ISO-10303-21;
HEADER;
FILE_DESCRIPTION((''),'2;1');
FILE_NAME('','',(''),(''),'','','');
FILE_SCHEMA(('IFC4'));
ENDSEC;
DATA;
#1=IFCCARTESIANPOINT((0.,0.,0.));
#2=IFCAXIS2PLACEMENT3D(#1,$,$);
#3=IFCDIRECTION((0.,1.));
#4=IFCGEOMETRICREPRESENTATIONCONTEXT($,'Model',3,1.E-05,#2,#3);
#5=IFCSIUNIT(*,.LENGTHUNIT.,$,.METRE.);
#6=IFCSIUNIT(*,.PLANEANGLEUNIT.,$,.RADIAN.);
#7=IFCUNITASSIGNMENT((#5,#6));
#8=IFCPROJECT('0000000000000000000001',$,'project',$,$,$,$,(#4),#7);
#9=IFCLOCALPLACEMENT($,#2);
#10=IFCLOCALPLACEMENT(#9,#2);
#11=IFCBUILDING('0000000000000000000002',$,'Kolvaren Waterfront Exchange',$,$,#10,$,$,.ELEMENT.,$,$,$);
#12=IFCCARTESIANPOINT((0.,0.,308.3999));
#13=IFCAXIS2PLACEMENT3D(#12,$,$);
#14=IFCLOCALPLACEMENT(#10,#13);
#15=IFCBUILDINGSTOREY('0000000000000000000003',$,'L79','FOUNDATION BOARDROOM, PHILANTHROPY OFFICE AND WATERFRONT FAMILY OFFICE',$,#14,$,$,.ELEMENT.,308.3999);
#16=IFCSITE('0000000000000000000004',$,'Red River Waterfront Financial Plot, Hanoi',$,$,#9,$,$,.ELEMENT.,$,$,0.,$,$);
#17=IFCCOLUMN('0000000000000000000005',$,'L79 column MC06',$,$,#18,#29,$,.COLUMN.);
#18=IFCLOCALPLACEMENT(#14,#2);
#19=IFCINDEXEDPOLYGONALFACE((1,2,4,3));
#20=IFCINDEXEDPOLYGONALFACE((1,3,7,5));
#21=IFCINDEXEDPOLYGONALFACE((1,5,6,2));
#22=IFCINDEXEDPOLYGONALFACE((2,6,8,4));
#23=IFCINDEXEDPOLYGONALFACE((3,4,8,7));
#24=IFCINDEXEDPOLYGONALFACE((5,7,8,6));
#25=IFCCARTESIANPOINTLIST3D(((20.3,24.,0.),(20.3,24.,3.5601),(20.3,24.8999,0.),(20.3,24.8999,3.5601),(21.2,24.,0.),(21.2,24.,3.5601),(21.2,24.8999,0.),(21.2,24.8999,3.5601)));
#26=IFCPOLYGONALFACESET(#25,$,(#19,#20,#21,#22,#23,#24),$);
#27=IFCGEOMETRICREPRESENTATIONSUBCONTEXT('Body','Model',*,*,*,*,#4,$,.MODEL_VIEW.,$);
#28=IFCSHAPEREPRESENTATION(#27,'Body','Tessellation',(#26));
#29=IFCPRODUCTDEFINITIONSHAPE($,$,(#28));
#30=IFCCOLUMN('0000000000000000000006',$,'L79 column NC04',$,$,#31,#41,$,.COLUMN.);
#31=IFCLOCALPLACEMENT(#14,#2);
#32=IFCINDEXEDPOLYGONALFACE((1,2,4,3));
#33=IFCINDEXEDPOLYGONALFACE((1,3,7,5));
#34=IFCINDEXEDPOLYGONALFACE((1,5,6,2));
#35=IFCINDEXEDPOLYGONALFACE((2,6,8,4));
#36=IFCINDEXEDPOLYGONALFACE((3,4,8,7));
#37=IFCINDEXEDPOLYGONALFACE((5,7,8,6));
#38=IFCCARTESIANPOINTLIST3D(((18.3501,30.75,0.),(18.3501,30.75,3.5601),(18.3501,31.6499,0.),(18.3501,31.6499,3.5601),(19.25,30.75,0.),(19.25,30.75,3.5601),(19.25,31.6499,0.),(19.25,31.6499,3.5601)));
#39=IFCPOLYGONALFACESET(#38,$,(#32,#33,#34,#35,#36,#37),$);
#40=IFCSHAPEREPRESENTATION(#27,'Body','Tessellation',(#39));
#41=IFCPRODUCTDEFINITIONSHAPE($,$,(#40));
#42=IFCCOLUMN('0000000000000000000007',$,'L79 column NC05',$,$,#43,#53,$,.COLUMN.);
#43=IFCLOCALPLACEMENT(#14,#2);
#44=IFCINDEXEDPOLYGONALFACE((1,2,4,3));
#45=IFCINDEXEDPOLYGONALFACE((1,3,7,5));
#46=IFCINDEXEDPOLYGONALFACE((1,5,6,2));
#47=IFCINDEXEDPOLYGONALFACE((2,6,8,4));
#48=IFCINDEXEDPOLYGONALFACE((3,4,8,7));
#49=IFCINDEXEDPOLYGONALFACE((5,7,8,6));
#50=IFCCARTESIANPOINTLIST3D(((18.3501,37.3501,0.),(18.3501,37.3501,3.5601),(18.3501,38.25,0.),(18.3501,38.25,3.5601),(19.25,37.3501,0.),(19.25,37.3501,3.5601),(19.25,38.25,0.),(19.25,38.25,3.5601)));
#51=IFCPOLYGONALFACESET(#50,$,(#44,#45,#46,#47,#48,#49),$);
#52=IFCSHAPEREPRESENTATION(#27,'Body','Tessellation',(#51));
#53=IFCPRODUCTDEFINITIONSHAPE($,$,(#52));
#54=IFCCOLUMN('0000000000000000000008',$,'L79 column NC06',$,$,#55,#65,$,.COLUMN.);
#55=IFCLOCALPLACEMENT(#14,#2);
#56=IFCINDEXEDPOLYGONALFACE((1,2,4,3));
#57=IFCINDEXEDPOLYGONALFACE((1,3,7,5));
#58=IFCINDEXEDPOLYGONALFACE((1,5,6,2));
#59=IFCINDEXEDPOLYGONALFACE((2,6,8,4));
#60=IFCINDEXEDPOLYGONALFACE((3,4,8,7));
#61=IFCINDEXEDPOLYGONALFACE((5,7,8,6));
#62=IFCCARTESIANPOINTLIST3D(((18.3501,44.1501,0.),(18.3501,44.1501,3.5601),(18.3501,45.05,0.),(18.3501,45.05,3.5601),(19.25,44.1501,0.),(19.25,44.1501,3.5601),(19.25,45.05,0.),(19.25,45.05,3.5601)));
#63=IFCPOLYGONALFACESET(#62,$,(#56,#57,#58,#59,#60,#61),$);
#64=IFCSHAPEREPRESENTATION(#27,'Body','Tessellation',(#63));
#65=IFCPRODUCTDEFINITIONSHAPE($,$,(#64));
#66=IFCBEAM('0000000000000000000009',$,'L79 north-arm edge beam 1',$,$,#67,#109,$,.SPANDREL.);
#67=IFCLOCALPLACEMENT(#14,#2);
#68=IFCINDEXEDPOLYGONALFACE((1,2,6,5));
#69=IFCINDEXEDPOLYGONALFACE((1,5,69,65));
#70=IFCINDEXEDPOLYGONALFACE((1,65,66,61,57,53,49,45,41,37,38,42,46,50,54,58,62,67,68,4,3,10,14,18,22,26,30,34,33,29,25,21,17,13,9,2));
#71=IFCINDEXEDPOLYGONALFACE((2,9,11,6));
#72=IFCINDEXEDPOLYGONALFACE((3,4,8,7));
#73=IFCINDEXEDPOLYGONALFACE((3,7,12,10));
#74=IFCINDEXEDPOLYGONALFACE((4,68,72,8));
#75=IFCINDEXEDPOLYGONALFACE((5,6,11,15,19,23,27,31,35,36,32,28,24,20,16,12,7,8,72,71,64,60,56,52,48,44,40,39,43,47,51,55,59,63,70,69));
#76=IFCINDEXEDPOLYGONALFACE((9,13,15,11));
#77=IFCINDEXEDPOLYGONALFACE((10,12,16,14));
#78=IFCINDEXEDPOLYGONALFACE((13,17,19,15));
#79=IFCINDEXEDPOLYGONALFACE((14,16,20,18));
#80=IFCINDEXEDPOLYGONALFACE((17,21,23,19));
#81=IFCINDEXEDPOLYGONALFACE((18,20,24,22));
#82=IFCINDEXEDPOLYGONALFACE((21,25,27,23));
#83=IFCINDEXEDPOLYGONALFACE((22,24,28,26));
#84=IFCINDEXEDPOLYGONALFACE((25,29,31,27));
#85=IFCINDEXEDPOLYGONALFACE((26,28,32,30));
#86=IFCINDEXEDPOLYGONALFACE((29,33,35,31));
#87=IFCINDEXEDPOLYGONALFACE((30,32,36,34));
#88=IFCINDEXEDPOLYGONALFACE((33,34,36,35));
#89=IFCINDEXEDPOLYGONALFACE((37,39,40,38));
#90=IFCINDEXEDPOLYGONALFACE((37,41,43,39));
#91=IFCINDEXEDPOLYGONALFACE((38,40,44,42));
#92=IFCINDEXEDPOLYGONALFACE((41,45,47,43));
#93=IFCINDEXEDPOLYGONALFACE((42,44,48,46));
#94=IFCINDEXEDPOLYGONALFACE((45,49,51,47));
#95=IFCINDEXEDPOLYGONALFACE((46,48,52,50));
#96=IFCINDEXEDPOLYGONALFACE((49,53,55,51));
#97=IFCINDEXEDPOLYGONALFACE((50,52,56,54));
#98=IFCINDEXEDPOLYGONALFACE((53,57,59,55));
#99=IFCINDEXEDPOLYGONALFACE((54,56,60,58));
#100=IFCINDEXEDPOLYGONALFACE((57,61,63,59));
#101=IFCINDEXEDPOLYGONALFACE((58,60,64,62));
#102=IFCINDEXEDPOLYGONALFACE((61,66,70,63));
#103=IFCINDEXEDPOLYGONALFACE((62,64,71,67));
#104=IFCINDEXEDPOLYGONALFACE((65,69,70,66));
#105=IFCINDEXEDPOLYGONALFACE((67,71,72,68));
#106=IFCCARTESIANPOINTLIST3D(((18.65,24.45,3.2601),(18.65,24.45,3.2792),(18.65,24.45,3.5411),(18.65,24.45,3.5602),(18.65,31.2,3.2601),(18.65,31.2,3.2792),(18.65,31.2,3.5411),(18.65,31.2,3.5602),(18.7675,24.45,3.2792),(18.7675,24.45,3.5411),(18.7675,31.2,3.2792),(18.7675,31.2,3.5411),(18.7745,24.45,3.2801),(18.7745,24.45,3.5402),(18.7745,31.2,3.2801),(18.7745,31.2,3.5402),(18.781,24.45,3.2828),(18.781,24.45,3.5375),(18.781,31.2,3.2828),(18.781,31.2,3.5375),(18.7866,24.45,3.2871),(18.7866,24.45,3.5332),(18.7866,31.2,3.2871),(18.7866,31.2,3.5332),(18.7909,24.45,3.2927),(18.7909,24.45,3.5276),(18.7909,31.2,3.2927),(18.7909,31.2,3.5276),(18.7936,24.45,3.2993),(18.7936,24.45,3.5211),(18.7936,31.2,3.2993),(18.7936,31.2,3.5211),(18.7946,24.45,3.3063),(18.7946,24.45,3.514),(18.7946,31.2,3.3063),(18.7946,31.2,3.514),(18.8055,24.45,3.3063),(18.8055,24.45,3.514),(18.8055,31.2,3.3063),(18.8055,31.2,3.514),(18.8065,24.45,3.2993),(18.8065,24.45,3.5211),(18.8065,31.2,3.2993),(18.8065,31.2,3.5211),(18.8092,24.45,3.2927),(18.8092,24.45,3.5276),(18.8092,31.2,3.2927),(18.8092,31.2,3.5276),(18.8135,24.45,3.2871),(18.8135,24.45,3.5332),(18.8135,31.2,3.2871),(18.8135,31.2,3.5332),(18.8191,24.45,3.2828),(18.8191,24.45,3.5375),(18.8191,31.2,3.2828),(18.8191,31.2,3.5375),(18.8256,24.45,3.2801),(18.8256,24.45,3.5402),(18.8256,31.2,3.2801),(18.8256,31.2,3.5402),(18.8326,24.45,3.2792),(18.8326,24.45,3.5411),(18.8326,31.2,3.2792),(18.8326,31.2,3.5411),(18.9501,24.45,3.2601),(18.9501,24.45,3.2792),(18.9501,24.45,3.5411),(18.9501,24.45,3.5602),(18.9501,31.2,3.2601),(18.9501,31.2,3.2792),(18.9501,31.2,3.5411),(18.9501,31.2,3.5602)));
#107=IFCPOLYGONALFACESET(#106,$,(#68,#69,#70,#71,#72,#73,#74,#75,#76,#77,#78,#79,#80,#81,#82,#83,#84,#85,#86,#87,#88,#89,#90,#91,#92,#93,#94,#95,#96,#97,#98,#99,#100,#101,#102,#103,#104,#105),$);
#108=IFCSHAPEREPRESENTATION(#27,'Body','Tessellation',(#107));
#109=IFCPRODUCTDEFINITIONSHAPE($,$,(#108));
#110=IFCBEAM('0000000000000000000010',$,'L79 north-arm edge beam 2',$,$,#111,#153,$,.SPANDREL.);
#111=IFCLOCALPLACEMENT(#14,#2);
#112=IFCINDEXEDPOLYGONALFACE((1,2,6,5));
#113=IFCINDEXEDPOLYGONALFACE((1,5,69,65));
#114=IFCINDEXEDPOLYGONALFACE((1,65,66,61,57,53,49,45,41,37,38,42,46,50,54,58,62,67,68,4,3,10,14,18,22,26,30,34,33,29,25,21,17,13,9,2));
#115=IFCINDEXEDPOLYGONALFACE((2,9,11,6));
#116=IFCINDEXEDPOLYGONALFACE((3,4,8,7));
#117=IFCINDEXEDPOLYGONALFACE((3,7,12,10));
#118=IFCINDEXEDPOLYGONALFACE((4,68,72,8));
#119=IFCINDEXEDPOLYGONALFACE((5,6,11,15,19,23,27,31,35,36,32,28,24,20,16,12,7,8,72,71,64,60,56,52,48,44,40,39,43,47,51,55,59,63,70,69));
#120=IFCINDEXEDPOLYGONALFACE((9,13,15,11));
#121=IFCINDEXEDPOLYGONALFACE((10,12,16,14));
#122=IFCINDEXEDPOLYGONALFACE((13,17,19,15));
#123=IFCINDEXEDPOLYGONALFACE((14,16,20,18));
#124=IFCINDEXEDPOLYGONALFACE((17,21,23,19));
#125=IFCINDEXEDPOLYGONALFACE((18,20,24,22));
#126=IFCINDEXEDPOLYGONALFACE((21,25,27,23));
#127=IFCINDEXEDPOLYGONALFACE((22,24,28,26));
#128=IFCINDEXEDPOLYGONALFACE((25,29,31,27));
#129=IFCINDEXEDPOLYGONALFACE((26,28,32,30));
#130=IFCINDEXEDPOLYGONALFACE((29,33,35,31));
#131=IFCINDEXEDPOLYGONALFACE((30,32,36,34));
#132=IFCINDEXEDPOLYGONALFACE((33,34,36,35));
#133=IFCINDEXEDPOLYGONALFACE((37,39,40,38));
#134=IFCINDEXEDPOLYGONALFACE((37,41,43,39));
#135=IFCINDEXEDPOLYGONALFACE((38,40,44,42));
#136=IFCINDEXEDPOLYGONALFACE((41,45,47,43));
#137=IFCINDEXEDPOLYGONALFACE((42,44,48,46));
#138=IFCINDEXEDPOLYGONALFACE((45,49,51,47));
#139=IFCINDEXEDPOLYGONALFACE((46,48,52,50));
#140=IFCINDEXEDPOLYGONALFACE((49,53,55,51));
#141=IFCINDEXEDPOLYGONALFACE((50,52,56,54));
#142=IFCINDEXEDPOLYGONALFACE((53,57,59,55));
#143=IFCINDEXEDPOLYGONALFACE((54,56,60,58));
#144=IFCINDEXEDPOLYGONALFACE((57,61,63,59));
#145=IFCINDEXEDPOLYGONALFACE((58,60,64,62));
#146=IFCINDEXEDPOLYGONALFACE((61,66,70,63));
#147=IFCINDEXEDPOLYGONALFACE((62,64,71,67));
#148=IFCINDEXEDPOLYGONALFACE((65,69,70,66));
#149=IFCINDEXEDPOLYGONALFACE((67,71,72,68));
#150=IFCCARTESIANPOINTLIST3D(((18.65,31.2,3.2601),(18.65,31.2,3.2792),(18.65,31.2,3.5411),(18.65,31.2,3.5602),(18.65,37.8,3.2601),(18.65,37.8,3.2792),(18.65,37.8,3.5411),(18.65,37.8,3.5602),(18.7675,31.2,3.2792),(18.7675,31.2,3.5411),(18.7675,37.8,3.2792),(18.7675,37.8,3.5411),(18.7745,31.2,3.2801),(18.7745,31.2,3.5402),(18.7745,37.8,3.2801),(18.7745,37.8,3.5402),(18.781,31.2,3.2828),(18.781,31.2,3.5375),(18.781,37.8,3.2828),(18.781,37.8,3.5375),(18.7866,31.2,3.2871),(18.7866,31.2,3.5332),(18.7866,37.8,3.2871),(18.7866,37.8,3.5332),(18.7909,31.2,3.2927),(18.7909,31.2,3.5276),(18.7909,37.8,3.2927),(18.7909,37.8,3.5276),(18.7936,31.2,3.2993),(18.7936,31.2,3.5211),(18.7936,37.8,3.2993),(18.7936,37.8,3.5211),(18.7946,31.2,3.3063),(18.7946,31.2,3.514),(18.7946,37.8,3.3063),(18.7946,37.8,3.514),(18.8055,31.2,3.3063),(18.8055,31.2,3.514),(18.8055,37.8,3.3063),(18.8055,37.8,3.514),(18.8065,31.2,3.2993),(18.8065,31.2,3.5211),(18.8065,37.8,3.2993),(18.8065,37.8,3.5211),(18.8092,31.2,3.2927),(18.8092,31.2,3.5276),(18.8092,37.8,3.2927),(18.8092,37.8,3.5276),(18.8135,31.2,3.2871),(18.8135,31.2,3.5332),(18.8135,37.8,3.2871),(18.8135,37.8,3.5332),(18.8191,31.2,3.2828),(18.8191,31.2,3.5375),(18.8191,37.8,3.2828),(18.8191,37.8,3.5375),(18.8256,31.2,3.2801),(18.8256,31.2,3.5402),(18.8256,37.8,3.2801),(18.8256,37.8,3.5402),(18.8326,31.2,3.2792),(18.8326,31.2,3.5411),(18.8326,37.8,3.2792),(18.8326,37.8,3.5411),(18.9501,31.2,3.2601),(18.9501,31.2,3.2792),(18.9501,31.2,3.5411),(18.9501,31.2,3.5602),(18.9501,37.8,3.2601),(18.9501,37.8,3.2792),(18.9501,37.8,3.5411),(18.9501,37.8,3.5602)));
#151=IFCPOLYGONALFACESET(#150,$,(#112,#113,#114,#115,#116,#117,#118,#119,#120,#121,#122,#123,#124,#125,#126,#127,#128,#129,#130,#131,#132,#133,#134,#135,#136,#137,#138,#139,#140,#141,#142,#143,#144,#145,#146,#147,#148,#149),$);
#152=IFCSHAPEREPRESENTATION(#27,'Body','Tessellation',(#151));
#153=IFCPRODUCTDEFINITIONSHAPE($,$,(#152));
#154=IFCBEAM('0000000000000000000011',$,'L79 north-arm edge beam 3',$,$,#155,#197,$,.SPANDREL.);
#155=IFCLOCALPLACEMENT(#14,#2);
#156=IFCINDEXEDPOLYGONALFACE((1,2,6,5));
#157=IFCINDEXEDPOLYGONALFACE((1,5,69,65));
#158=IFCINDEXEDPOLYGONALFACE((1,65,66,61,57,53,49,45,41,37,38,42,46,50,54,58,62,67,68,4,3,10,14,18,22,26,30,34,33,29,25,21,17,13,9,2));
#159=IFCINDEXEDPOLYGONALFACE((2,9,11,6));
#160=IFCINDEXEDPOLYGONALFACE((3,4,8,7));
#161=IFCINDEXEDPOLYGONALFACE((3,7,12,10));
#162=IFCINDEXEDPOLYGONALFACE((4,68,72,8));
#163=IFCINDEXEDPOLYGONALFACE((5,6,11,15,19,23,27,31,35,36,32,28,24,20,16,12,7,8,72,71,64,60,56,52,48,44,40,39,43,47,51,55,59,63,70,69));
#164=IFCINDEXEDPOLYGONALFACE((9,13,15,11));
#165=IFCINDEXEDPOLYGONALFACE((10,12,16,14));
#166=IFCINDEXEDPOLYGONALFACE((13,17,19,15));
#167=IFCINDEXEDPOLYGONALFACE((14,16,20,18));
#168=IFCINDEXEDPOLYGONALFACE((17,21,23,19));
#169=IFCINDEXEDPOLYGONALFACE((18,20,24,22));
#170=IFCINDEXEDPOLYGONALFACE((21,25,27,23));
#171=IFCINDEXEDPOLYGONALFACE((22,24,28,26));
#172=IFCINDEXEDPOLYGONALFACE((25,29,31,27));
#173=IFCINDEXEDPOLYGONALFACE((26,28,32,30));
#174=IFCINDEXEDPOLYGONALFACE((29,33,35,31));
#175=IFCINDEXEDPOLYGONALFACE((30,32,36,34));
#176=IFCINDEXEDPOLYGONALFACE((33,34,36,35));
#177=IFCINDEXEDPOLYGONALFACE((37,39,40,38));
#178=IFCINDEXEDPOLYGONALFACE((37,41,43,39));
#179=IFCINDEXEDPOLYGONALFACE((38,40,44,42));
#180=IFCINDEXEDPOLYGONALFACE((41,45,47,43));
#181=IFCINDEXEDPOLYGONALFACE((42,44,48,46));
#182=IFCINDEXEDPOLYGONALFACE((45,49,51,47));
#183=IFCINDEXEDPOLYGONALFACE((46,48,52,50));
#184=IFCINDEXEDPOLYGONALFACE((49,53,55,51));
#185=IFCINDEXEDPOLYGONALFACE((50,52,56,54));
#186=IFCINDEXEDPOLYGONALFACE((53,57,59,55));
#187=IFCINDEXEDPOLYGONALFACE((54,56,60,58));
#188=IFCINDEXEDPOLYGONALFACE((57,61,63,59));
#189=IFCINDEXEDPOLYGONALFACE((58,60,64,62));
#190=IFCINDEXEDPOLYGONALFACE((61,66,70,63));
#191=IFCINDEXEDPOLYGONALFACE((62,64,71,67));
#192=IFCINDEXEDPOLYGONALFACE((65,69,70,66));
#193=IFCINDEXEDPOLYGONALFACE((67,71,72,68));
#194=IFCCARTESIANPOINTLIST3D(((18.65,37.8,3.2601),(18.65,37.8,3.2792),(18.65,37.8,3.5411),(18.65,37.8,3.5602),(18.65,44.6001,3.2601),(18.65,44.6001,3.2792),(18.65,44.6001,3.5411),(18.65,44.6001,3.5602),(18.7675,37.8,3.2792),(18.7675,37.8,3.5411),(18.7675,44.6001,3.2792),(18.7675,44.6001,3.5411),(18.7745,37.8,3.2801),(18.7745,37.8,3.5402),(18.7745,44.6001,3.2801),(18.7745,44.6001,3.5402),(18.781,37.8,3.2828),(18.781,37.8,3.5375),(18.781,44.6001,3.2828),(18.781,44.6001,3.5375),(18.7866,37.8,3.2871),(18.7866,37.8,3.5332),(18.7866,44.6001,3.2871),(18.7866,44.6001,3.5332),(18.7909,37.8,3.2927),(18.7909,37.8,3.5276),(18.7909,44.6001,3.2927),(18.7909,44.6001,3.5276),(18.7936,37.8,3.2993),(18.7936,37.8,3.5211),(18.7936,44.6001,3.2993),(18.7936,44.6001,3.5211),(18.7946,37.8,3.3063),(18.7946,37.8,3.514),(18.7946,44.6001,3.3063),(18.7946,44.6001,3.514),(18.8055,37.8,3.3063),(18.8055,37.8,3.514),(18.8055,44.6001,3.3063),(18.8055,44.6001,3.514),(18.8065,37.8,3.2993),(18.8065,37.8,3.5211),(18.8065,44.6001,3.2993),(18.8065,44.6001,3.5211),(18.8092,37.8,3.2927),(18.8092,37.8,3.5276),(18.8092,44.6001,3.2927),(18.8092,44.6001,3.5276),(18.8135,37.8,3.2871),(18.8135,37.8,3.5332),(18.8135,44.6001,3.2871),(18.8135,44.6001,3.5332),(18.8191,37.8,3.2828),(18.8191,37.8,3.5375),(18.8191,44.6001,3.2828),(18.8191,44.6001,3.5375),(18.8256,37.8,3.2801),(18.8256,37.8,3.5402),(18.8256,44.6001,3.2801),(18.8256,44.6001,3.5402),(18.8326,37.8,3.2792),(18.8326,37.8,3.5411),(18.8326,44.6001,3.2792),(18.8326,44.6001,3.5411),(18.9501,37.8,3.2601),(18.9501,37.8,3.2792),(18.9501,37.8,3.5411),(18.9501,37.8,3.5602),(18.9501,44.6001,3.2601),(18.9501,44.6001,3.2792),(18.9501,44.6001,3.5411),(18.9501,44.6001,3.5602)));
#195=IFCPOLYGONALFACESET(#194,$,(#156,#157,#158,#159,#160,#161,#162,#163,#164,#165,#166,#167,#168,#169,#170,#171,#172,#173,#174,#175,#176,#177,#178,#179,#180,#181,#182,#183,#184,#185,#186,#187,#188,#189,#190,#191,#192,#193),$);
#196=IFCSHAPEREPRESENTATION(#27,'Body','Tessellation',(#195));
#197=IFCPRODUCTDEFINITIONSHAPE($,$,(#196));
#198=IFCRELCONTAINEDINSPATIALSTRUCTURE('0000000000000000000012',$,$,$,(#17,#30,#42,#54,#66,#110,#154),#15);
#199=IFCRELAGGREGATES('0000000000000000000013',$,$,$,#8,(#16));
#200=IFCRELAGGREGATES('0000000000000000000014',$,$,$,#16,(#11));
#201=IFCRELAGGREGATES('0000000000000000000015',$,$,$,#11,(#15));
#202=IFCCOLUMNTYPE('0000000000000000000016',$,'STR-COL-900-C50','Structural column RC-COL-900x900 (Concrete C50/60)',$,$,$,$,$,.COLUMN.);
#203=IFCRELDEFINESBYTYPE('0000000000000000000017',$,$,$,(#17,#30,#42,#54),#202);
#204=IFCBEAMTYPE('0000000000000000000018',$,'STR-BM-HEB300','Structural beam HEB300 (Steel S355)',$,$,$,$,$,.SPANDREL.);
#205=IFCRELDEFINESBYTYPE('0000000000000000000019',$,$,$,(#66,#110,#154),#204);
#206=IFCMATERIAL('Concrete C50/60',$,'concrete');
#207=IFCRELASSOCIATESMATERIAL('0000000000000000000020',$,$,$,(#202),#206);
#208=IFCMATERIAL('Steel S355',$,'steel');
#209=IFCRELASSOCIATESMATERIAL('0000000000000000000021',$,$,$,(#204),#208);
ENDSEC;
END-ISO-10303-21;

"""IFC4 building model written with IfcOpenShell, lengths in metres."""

from ifc_helpers import new_model, si_unit, direction, frame, origin, origin_2d, place, context, subcontext, project, spatial, rectangle, i_section, extrude, material, material_profile, profile_set, type_object, element, save


model = new_model("IFC4")

# Units and contexts
model_context = context("Model", 3, precision=1e-05, world=origin(), true_north=direction((0.0, 1.0)))
body_context = subcontext(model_context, "Body", "Model", "MODEL_VIEW")
ifc_project = project(units=[si_unit("LENGTHUNIT", "METRE"), si_unit("PLANEANGLEUNIT", "RADIAN")], contexts=[model_context])

# Site, building, storey
site_placement = place(None, origin())
site = spatial("IfcSite", under=ifc_project, at=site_placement, Name="Red River Waterfront Financial Plot, Hanoi", CompositionType="ELEMENT", RefElevation=0.0)
building_placement = place(site_placement, origin())
building = spatial("IfcBuilding", under=site, at=building_placement, Name="Kolvaren Waterfront Exchange", CompositionType="ELEMENT")
storey_placement = place(building_placement, frame((0.0, 0.0, 308.3999)))
storey = spatial("IfcBuildingStorey", under=building, at=storey_placement, Name="L79", Description="FOUNDATION BOARDROOM, PHILANTHROPY OFFICE AND WATERFRONT FAMILY OFFICE", CompositionType="ELEMENT", Elevation=308.3999)

# Columns
ifc_material_1 = material(Name="Concrete C50/60", Category="concrete")
ifc_material_profile_1 = material_profile(ifc_material_1, rectangle(XDim=0.8999, YDim=0.8999, at=origin_2d()), Name="RC-COL-900x900")
ifc_profile_set_1 = profile_set([ifc_material_profile_1], Name="Concrete C50/60")
column_type = type_object("IfcColumnType", Name="STR-COL-900-C50", Description="Structural column RC-COL-900x900 (Concrete C50/60)", PredefinedType="COLUMN", material=ifc_profile_set_1)
for number, where, z_axis, x_axis, name in (
    (1, (20.75, 24.45, 0.0), (0.0, 0.0, 1.0), (1.0, 0.0, 0.0), "L79 column MC06"),
    (2, (18.8, 31.2, 0.0), (0.0, 0.0, 1.0), (1.0, 0.0, 0.0), "L79 column NC04"),
    (3, (18.8, 37.8, 0.0), (0.0, 0.0, 1.0), (1.0, 0.0, 0.0), "L79 column NC05"),
    (4, (18.8, 44.6001, 0.0), (0.0, 0.0, 1.0), (1.0, 0.0, 0.0), "L79 column NC06"),
):
    element("IfcColumn", number, at=place(storey_placement, frame(where, z_axis=z_axis, x_axis=x_axis)), inside=storey, type_object=column_type, Name=name, PredefinedType="COLUMN", context=body_context, shape_type="SweptSolid", body=[
        extrude(rectangle(XDim=0.8999, YDim=0.8999, at=origin_2d()), origin(), (0.0, 0.0, 1.0), 3.5601),
    ])

# Beams
ifc_material_2 = material(Name="Steel S355", Category="steel")
ifc_material_profile_2 = material_profile(ifc_material_2, i_section(OverallWidth=0.3, OverallDepth=0.3, WebThickness=0.011, FlangeThickness=0.019, FilletRadius=0.0271, at=origin_2d()), Name="HEB300")
ifc_profile_set_2 = profile_set([ifc_material_profile_2], Name="Steel S355")
beam_type = type_object("IfcBeamType", Name="STR-BM-HEB300", Description="Structural beam HEB300 (Steel S355)", PredefinedType="SPANDREL", material=ifc_profile_set_2)
beam_1_placement = place(storey_placement, frame((18.8, 24.45, 3.4102), z_axis=(0.0, 1.0, 0.0), x_axis=(-1.0, 0.0, 0.0)))
element("IfcBeam", 5, at=beam_1_placement, inside=storey, type_object=beam_type, Name="L79 north-arm edge beam 1", PredefinedType="SPANDREL", context=body_context, shape_type="SweptSolid", body=[
    extrude(i_section(OverallWidth=0.3, OverallDepth=0.3, WebThickness=0.011, FlangeThickness=0.019, FilletRadius=0.0271, at=origin_2d()), origin(), (0.0, 0.0, 1.0), 6.75),
])
beam_2_placement = place(storey_placement, frame((18.8, 31.2, 3.4102), z_axis=(0.0, 1.0, 0.0), x_axis=(-1.0, 0.0, 0.0)))
element("IfcBeam", 6, at=beam_2_placement, inside=storey, type_object=beam_type, Name="L79 north-arm edge beam 2", PredefinedType="SPANDREL", context=body_context, shape_type="SweptSolid", body=[
    extrude(i_section(OverallWidth=0.3, OverallDepth=0.3, WebThickness=0.011, FlangeThickness=0.019, FilletRadius=0.0271, at=origin_2d()), origin(), (0.0, 0.0, 1.0), 6.6001),
])
beam_3_placement = place(storey_placement, frame((18.8, 37.8, 3.4102), z_axis=(0.0, 1.0, 0.0), x_axis=(-1.0, 0.0, 0.0)))
element("IfcBeam", 7, at=beam_3_placement, inside=storey, type_object=beam_type, Name="L79 north-arm edge beam 3", PredefinedType="SPANDREL", context=body_context, shape_type="SweptSolid", body=[
    extrude(i_section(OverallWidth=0.3, OverallDepth=0.3, WebThickness=0.011, FlangeThickness=0.019, FilletRadius=0.0271, at=origin_2d()), origin(), (0.0, 0.0, 1.0), 6.8),
])

save(model, "model.ifc")
